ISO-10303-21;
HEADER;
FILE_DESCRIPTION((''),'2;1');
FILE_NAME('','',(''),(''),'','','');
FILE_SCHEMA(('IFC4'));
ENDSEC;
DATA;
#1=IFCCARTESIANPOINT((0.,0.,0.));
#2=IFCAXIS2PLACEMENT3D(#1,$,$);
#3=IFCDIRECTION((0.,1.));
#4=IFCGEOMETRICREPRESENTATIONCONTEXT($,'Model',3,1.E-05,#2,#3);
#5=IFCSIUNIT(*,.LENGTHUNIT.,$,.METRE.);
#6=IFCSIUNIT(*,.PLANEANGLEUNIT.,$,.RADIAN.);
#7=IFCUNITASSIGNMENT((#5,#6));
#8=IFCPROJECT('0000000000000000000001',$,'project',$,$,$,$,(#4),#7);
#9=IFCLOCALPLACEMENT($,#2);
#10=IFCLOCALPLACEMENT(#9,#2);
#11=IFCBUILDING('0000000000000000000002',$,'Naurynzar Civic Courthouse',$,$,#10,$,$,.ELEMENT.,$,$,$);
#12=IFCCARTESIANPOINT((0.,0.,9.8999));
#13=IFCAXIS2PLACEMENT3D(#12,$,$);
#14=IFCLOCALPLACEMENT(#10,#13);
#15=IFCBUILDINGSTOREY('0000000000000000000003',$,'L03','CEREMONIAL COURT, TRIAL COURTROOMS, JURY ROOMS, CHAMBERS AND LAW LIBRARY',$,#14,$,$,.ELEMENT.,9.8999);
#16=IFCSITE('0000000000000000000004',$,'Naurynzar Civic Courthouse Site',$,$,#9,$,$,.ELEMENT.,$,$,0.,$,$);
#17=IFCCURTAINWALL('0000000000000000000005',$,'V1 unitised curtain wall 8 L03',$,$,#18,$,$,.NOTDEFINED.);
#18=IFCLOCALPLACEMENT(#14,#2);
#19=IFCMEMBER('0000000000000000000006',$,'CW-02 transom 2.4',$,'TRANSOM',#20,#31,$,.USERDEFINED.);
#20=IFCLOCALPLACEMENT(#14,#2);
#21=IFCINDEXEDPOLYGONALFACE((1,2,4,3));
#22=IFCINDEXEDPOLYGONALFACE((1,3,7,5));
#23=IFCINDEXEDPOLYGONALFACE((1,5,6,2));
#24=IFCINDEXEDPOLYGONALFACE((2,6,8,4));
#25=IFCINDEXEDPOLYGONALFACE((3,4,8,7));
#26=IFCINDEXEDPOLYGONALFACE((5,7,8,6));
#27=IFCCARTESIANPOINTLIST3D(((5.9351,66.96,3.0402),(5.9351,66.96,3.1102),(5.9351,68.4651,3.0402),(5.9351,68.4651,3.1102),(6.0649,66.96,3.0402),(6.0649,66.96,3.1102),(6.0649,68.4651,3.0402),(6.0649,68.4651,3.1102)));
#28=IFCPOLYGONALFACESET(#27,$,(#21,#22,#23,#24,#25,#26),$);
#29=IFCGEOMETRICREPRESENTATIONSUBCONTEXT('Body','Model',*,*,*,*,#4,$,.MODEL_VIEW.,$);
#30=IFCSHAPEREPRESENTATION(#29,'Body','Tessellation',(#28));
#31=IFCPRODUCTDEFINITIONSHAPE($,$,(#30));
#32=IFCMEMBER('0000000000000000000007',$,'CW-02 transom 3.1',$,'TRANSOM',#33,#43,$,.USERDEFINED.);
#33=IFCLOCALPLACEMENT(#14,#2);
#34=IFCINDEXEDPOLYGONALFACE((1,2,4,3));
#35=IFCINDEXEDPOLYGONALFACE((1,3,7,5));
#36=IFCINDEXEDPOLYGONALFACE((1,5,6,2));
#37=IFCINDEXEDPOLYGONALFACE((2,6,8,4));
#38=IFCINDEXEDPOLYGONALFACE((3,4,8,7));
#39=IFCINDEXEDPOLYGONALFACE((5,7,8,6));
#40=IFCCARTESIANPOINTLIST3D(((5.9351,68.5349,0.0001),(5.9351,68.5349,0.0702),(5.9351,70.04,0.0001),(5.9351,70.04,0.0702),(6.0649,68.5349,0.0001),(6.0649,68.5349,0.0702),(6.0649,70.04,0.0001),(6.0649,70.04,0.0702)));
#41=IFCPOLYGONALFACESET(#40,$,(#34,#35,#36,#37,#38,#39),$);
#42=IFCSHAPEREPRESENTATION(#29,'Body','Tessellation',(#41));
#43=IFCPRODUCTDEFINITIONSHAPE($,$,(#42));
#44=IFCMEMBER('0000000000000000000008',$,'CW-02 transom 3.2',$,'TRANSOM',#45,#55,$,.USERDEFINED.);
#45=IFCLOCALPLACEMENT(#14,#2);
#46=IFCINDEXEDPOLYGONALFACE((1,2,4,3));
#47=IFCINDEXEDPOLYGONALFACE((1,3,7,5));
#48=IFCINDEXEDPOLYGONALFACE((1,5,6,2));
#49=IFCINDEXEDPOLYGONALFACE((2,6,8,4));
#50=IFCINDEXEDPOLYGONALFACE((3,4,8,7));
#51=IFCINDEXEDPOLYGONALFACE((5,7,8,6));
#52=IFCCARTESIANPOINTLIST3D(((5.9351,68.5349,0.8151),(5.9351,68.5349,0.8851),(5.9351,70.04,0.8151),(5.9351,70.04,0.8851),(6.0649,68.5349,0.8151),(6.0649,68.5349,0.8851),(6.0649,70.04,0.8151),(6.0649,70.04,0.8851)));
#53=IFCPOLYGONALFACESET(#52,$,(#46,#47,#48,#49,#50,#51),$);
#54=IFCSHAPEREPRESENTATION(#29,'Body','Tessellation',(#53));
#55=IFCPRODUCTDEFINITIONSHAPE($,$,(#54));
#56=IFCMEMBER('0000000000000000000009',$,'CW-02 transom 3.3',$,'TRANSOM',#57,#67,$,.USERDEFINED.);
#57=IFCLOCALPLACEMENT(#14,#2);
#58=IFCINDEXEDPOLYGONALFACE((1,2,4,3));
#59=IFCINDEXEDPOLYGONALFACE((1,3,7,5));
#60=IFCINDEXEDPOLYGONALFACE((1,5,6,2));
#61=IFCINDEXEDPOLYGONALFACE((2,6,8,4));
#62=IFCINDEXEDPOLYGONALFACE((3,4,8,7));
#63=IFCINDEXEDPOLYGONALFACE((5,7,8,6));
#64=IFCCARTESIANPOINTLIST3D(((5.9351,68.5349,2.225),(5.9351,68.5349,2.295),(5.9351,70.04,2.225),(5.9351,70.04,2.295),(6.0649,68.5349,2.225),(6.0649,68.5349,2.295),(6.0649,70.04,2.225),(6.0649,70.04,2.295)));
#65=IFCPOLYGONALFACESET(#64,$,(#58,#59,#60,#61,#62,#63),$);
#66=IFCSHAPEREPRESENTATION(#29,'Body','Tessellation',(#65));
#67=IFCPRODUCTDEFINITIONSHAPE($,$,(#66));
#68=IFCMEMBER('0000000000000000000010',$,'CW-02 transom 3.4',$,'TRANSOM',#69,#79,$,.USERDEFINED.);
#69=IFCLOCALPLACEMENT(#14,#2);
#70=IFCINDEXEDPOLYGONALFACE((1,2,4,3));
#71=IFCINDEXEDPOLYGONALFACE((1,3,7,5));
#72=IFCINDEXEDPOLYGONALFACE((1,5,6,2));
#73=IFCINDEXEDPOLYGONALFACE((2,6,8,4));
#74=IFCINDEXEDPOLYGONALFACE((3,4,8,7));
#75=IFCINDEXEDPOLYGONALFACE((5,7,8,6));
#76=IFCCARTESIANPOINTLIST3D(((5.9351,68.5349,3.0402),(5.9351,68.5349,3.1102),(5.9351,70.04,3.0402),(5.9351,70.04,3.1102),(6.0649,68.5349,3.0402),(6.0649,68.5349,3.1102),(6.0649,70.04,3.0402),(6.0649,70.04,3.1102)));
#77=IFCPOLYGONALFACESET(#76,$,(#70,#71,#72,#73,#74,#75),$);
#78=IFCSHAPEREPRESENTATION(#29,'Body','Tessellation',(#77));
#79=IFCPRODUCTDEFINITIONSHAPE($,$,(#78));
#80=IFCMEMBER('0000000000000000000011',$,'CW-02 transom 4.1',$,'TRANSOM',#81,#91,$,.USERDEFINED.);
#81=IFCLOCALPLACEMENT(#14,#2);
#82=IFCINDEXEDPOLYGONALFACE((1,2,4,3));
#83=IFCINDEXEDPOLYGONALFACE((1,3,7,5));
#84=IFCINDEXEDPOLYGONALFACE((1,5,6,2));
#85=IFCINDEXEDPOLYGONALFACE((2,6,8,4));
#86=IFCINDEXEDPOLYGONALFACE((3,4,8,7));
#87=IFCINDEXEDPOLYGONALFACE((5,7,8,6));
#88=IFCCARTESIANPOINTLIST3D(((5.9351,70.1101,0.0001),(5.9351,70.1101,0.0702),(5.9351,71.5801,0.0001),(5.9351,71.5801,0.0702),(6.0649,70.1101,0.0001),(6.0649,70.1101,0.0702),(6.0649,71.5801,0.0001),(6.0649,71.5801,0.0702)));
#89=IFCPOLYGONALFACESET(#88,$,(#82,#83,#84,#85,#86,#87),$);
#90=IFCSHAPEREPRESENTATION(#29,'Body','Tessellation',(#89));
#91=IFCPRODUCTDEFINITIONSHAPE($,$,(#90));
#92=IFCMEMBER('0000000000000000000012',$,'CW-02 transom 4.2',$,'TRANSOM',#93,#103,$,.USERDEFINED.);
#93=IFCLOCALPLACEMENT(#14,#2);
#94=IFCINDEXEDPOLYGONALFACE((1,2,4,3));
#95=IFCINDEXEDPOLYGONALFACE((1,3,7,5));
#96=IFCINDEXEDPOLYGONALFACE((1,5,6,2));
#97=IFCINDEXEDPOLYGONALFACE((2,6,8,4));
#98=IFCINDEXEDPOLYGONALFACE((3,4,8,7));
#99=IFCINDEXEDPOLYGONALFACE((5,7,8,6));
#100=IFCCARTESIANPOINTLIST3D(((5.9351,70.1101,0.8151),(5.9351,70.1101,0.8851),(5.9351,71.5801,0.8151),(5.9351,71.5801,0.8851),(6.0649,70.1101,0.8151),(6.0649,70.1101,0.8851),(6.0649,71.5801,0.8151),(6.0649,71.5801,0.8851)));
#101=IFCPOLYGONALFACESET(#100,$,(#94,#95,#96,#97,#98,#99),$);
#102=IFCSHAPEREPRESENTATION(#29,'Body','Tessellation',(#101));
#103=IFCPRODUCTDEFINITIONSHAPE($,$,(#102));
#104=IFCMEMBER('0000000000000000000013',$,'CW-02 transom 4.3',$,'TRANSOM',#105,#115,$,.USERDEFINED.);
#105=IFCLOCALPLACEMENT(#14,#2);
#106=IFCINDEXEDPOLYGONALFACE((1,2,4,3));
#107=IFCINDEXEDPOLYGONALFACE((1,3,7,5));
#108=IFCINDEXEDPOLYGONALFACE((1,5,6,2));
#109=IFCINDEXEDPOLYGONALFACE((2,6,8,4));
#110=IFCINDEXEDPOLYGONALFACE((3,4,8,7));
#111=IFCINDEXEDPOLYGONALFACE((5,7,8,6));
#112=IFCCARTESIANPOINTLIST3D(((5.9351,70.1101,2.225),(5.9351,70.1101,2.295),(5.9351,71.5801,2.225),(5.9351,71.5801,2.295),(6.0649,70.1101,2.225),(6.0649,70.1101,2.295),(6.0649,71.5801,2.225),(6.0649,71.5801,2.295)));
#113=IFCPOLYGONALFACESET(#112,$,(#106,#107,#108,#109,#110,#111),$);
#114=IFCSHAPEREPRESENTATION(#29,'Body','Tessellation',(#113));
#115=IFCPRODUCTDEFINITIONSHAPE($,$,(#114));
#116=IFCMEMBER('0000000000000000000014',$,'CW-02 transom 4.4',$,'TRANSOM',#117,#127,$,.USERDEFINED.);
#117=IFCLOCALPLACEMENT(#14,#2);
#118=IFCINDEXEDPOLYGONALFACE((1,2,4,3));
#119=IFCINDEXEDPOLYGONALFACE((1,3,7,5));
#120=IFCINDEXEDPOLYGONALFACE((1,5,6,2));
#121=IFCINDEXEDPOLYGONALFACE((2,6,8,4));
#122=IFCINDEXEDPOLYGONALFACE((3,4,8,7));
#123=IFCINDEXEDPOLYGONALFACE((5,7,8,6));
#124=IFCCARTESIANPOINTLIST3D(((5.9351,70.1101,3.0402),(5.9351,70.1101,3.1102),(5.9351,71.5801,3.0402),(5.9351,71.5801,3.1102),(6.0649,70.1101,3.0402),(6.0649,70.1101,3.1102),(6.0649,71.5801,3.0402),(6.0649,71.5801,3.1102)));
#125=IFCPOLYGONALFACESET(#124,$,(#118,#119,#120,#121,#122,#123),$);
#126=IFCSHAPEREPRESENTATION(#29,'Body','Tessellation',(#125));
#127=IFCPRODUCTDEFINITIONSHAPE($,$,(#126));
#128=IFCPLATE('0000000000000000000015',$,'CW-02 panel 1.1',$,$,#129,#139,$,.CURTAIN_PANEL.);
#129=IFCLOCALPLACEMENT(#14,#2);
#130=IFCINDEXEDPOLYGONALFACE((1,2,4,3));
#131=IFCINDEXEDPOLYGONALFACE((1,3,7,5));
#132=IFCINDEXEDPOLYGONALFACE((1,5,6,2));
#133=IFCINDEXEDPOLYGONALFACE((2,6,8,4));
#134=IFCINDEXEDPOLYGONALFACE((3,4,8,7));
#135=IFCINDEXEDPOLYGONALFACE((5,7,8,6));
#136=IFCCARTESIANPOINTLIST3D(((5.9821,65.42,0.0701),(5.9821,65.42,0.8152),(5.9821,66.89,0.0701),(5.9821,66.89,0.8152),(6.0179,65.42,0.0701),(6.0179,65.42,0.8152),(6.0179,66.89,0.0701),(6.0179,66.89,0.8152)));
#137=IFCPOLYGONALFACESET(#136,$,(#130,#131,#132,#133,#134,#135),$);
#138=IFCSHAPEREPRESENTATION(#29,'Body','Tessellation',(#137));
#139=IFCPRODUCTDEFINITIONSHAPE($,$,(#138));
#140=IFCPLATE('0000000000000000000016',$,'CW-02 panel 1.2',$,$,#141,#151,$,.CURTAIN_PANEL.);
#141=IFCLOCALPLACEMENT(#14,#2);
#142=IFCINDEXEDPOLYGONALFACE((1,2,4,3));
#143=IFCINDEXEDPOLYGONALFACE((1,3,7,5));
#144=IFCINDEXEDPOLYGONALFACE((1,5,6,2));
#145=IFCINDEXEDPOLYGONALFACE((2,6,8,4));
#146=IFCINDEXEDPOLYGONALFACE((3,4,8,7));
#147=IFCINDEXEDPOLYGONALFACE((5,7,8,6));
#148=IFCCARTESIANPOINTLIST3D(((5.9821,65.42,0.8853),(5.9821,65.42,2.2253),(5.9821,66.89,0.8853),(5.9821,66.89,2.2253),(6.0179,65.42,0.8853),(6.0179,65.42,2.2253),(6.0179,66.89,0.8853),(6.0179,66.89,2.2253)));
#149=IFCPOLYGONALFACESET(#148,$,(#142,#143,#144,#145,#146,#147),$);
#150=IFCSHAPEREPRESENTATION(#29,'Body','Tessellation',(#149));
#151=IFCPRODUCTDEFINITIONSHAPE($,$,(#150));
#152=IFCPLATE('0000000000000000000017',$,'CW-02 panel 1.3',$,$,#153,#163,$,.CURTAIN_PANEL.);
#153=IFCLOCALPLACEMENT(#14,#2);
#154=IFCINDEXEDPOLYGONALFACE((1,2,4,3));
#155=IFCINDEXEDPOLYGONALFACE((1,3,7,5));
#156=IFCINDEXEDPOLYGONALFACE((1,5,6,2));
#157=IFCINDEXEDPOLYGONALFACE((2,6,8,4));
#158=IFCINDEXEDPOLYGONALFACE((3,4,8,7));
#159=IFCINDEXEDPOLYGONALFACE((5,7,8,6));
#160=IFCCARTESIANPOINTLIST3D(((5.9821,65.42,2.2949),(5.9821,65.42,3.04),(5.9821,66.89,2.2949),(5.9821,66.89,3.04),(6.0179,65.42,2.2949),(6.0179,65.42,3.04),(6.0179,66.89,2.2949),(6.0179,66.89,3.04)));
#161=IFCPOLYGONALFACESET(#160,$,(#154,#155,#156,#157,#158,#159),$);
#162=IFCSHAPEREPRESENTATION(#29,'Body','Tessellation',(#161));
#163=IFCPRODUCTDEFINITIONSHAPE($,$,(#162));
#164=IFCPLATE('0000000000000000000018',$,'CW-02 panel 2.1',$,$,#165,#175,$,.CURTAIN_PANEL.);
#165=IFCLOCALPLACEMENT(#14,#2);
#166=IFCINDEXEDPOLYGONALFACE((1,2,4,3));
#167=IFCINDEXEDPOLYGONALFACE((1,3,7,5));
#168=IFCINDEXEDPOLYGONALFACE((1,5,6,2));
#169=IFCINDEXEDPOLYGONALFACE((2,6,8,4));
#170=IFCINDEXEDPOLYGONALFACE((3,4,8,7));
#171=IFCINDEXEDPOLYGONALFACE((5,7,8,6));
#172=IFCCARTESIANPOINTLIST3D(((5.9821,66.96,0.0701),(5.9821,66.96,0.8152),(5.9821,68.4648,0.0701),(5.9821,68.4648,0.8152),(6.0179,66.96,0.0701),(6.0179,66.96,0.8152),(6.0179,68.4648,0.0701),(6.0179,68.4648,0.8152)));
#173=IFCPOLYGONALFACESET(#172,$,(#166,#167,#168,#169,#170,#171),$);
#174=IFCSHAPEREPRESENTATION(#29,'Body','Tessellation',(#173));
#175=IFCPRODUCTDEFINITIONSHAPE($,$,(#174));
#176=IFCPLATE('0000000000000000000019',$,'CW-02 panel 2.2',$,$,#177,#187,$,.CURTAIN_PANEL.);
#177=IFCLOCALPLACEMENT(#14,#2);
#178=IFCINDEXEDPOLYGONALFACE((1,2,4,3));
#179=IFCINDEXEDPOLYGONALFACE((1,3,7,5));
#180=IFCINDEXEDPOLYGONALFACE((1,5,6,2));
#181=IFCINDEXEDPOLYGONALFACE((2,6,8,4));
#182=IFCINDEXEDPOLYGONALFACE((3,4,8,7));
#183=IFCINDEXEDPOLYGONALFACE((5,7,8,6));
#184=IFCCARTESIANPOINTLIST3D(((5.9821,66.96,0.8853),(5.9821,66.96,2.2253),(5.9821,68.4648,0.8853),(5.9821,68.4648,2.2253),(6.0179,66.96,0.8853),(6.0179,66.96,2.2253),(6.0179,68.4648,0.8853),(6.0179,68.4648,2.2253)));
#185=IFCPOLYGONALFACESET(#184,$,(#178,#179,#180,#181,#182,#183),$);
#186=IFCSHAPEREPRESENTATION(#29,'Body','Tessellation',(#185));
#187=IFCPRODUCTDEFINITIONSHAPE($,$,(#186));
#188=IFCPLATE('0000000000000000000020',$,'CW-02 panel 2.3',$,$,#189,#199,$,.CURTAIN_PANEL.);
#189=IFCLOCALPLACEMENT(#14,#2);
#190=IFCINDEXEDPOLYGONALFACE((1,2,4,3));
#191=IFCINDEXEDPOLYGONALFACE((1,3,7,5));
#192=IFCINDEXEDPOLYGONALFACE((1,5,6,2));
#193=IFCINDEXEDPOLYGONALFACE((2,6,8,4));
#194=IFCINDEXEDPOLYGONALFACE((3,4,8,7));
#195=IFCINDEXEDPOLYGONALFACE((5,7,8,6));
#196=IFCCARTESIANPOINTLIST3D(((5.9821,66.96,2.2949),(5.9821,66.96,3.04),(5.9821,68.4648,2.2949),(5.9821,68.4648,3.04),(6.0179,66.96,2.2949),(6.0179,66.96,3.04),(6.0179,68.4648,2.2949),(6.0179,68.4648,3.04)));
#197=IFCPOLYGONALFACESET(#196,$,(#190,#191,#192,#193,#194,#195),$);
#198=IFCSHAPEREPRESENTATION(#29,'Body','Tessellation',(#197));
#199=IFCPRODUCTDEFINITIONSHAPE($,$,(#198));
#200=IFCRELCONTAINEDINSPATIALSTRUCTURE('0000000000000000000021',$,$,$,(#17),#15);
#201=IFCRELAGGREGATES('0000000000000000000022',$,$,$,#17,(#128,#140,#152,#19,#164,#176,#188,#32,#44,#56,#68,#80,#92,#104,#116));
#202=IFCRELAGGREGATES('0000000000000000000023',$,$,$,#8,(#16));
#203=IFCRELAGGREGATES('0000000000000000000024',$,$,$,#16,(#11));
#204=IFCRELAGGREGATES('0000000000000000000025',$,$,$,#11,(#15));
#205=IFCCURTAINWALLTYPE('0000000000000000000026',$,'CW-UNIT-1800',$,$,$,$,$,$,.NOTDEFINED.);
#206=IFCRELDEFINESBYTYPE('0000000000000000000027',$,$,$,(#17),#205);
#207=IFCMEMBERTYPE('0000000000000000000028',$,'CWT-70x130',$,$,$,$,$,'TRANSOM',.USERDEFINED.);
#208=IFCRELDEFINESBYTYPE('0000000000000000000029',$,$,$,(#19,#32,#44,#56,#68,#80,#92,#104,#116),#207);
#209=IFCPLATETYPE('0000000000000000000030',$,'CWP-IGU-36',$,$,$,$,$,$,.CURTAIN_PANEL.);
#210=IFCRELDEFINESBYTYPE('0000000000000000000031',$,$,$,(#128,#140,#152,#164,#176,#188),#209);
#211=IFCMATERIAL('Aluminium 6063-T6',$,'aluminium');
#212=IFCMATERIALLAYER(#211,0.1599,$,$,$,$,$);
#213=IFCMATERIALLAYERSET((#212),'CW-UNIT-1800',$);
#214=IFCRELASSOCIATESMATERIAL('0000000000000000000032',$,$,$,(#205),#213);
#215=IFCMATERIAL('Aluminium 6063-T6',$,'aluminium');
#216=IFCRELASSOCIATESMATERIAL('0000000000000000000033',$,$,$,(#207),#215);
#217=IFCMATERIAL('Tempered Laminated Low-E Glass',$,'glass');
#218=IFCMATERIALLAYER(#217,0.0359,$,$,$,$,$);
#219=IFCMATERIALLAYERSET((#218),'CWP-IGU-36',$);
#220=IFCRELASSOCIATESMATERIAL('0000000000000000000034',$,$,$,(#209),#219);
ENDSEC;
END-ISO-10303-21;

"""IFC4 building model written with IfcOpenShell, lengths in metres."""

from ifc_helpers import new_model, si_unit, direction, frame, origin, origin_2d, place, context, subcontext, project, spatial, rectangle, extrude, material, layer, layer_set, material_profile, profile_set, type_object, element, aggregate, save


model = new_model("IFC4")

# Units and contexts
model_context = context("Model", 3, precision=1e-05, world=origin(), true_north=direction((0.0, 1.0)))
body_context = subcontext(model_context, "Body", "Model", "MODEL_VIEW")
ifc_project = project(units=[si_unit("LENGTHUNIT", "METRE"), si_unit("PLANEANGLEUNIT", "RADIAN")], contexts=[model_context])

# Site, building, storey
site_placement = place(None, origin())
site = spatial("IfcSite", under=ifc_project, at=site_placement, Name="Naurynzar Civic Courthouse Site", CompositionType="ELEMENT", RefElevation=0.0)
building_placement = place(site_placement, origin())
building = spatial("IfcBuilding", under=site, at=building_placement, Name="Naurynzar Civic Courthouse", CompositionType="ELEMENT")
storey_placement = place(building_placement, frame((0.0, 0.0, 9.8999)))
storey = spatial("IfcBuildingStorey", under=building, at=storey_placement, Name="L03", Description="CEREMONIAL COURT, TRIAL COURTROOMS, JURY ROOMS, CHAMBERS AND LAW LIBRARY", CompositionType="ELEMENT", Elevation=9.8999)

# Curtain wall, members, plates
ifc_material_1 = material(Name="Aluminium 6063-T6", Category="aluminium")
ifc_layer_1 = layer(ifc_material_1, 0.1599)
ifc_layer_set_1 = layer_set([ifc_layer_1], Name="CW-UNIT-1800")
curtain_wall_type = type_object("IfcCurtainWallType", Name="CW-UNIT-1800", PredefinedType="NOTDEFINED", material=ifc_layer_set_1)
curtain_wall_placement = place(storey_placement, origin())
curtain_wall = element("IfcCurtainWall", 1, at=curtain_wall_placement, inside=storey, type_object=curtain_wall_type, Name="V1 unitised curtain wall 8 L03", PredefinedType="NOTDEFINED")
ifc_material_2 = material(Name="Aluminium 6063-T6", Category="aluminium")
ifc_material_profile_1 = material_profile(ifc_material_2, rectangle(XDim=0.1299, YDim=0.0701, at=origin_2d()), Name="ALU TRANSOM 70x130")
ifc_profile_set_1 = profile_set([ifc_material_profile_1], Name="Aluminium 6063-T6")
member_type_1 = type_object("IfcMemberType", Name="CWT-70x130", ElementType="TRANSOM", PredefinedType="USERDEFINED", material=ifc_profile_set_1)
member_1_placement = place(storey_placement, frame((6.0, 66.96, 3.0752), z_axis=(0.0, 1.0, 0.0), x_axis=(-1.0, 0.0, 0.0)))
member_1 = element("IfcMember", 2, at=member_1_placement, type_object=member_type_1, Name="CW-02 transom 2.4", ObjectType="TRANSOM", PredefinedType="USERDEFINED", context=body_context, shape_type="SweptSolid", body=[
    extrude(rectangle(XDim=0.1299, YDim=0.0701, at=origin_2d()), origin(), (0.0, 0.0, 1.0), 1.5051),
])
member_2_placement = place(storey_placement, frame((6.0, 68.5349, 0.0352), z_axis=(0.0, 1.0, 0.0), x_axis=(-1.0, 0.0, 0.0)))
member_2 = element("IfcMember", 3, at=member_2_placement, type_object=member_type_1, Name="CW-02 transom 3.1", ObjectType="TRANSOM", PredefinedType="USERDEFINED", context=body_context, shape_type="SweptSolid", body=[
    extrude(rectangle(XDim=0.1299, YDim=0.0701, at=origin_2d()), origin(), (0.0, 0.0, 1.0), 1.5051),
])
member_3_placement = place(storey_placement, frame((6.0, 68.5349, 0.8501), z_axis=(0.0, 1.0, 0.0), x_axis=(-1.0, 0.0, 0.0)))
member_3 = element("IfcMember", 4, at=member_3_placement, type_object=member_type_1, Name="CW-02 transom 3.2", ObjectType="TRANSOM", PredefinedType="USERDEFINED", context=body_context, shape_type="SweptSolid", body=[
    extrude(rectangle(XDim=0.1299, YDim=0.0701, at=origin_2d()), origin(), (0.0, 0.0, 1.0), 1.5051),
])
member_4_placement = place(storey_placement, frame((6.0, 68.5349, 2.26), z_axis=(0.0, 1.0, 0.0), x_axis=(-1.0, 0.0, 0.0)))
member_4 = element("IfcMember", 5, at=member_4_placement, type_object=member_type_1, Name="CW-02 transom 3.3", ObjectType="TRANSOM", PredefinedType="USERDEFINED", context=body_context, shape_type="SweptSolid", body=[
    extrude(rectangle(XDim=0.1299, YDim=0.0701, at=origin_2d()), origin(), (0.0, 0.0, 1.0), 1.5051),
])
member_5_placement = place(storey_placement, frame((6.0, 68.5349, 3.0752), z_axis=(0.0, 1.0, 0.0), x_axis=(-1.0, 0.0, 0.0)))
member_5 = element("IfcMember", 6, at=member_5_placement, type_object=member_type_1, Name="CW-02 transom 3.4", ObjectType="TRANSOM", PredefinedType="USERDEFINED", context=body_context, shape_type="SweptSolid", body=[
    extrude(rectangle(XDim=0.1299, YDim=0.0701, at=origin_2d()), origin(), (0.0, 0.0, 1.0), 1.5051),
])
member_6_placement = place(storey_placement, frame((6.0, 70.1101, 0.0352), z_axis=(0.0, 1.0, 0.0), x_axis=(-1.0, 0.0, 0.0)))
member_6 = element("IfcMember", 7, at=member_6_placement, type_object=member_type_1, Name="CW-02 transom 4.1", ObjectType="TRANSOM", PredefinedType="USERDEFINED", context=body_context, shape_type="SweptSolid", body=[
    extrude(rectangle(XDim=0.1299, YDim=0.0701, at=origin_2d()), origin(), (0.0, 0.0, 1.0), 1.47),
])
member_7_placement = place(storey_placement, frame((6.0, 70.1101, 0.8501), z_axis=(0.0, 1.0, 0.0), x_axis=(-1.0, 0.0, 0.0)))
member_7 = element("IfcMember", 8, at=member_7_placement, type_object=member_type_1, Name="CW-02 transom 4.2", ObjectType="TRANSOM", PredefinedType="USERDEFINED", context=body_context, shape_type="SweptSolid", body=[
    extrude(rectangle(XDim=0.1299, YDim=0.0701, at=origin_2d()), origin(), (0.0, 0.0, 1.0), 1.47),
])
member_8_placement = place(storey_placement, frame((6.0, 70.1101, 2.26), z_axis=(0.0, 1.0, 0.0), x_axis=(-1.0, 0.0, 0.0)))
member_8 = element("IfcMember", 9, at=member_8_placement, type_object=member_type_1, Name="CW-02 transom 4.3", ObjectType="TRANSOM", PredefinedType="USERDEFINED", context=body_context, shape_type="SweptSolid", body=[
    extrude(rectangle(XDim=0.1299, YDim=0.0701, at=origin_2d()), origin(), (0.0, 0.0, 1.0), 1.47),
])
member_9_placement = place(storey_placement, frame((6.0, 70.1101, 3.0752), z_axis=(0.0, 1.0, 0.0), x_axis=(-1.0, 0.0, 0.0)))
member_9 = element("IfcMember", 10, at=member_9_placement, type_object=member_type_1, Name="CW-02 transom 4.4", ObjectType="TRANSOM", PredefinedType="USERDEFINED", context=body_context, shape_type="SweptSolid", body=[
    extrude(rectangle(XDim=0.1299, YDim=0.0701, at=origin_2d()), origin(), (0.0, 0.0, 1.0), 1.47),
])
ifc_material_3 = material(Name="Tempered Laminated Low-E Glass", Category="glass")
ifc_layer_2 = layer(ifc_material_3, 0.0359)
ifc_layer_set_2 = layer_set([ifc_layer_2], Name="CWP-IGU-36")
plate_type = type_object("IfcPlateType", Name="CWP-IGU-36", PredefinedType="CURTAIN_PANEL", material=ifc_layer_set_2)
plate_1_placement = place(storey_placement, frame((6.0, 66.155, 0.0701), z_axis=(0.0, 0.0, 1.0), x_axis=(0.0, 1.0, 0.0)))
plate_1 = element("IfcPlate", 11, at=plate_1_placement, type_object=plate_type, Name="CW-02 panel 1.1", PredefinedType="CURTAIN_PANEL", context=body_context, shape_type="SweptSolid", body=[
    extrude(rectangle(XDim=1.47, YDim=0.0359, at=origin_2d()), origin(), (0.0, 0.0, 1.0), 0.7451),
])
plate_2_placement = place(storey_placement, frame((6.0, 66.155, 0.8853), z_axis=(0.0, 0.0, 1.0), x_axis=(0.0, 1.0, 0.0)))
plate_2 = element("IfcPlate", 12, at=plate_2_placement, type_object=plate_type, Name="CW-02 panel 1.2", PredefinedType="CURTAIN_PANEL", context=body_context, shape_type="SweptSolid", body=[
    extrude(rectangle(XDim=1.47, YDim=0.0359, at=origin_2d()), origin(), (0.0, 0.0, 1.0), 1.3401),
])
plate_3_placement = place(storey_placement, frame((6.0, 66.155, 2.2949), z_axis=(0.0, 0.0, 1.0), x_axis=(0.0, 1.0, 0.0)))
plate_3 = element("IfcPlate", 13, at=plate_3_placement, type_object=plate_type, Name="CW-02 panel 1.3", PredefinedType="CURTAIN_PANEL", context=body_context, shape_type="SweptSolid", body=[
    extrude(rectangle(XDim=1.47, YDim=0.0359, at=origin_2d()), origin(), (0.0, 0.0, 1.0), 0.7451),
])
plate_4_placement = place(storey_placement, frame((6.0, 67.7124, 0.0701), z_axis=(0.0, 0.0, 1.0), x_axis=(0.0, 1.0, 0.0)))
plate_4 = element("IfcPlate", 14, at=plate_4_placement, type_object=plate_type, Name="CW-02 panel 2.1", PredefinedType="CURTAIN_PANEL", context=body_context, shape_type="SweptSolid", body=[
    extrude(rectangle(XDim=1.5049, YDim=0.0359, at=origin_2d()), origin(), (0.0, 0.0, 1.0), 0.7451),
])
plate_5_placement = place(storey_placement, frame((6.0, 67.7124, 0.8853), z_axis=(0.0, 0.0, 1.0), x_axis=(0.0, 1.0, 0.0)))
plate_5 = element("IfcPlate", 15, at=plate_5_placement, type_object=plate_type, Name="CW-02 panel 2.2", PredefinedType="CURTAIN_PANEL", context=body_context, shape_type="SweptSolid", body=[
    extrude(rectangle(XDim=1.5049, YDim=0.0359, at=origin_2d()), origin(), (0.0, 0.0, 1.0), 1.3401),
])
plate_6_placement = place(storey_placement, frame((6.0, 67.7124, 2.2949), z_axis=(0.0, 0.0, 1.0), x_axis=(0.0, 1.0, 0.0)))
plate_6 = element("IfcPlate", 16, at=plate_6_placement, type_object=plate_type, Name="CW-02 panel 2.3", PredefinedType="CURTAIN_PANEL", context=body_context, shape_type="SweptSolid", body=[
    extrude(rectangle(XDim=1.5049, YDim=0.0359, at=origin_2d()), origin(), (0.0, 0.0, 1.0), 0.7451),
])
aggregate(curtain_wall, [plate_1, plate_2, plate_3, member_1, plate_4, plate_5, plate_6, member_2, member_3, member_4, member_5, member_6, member_7, member_8, member_9])

save(model, "model.ifc")
